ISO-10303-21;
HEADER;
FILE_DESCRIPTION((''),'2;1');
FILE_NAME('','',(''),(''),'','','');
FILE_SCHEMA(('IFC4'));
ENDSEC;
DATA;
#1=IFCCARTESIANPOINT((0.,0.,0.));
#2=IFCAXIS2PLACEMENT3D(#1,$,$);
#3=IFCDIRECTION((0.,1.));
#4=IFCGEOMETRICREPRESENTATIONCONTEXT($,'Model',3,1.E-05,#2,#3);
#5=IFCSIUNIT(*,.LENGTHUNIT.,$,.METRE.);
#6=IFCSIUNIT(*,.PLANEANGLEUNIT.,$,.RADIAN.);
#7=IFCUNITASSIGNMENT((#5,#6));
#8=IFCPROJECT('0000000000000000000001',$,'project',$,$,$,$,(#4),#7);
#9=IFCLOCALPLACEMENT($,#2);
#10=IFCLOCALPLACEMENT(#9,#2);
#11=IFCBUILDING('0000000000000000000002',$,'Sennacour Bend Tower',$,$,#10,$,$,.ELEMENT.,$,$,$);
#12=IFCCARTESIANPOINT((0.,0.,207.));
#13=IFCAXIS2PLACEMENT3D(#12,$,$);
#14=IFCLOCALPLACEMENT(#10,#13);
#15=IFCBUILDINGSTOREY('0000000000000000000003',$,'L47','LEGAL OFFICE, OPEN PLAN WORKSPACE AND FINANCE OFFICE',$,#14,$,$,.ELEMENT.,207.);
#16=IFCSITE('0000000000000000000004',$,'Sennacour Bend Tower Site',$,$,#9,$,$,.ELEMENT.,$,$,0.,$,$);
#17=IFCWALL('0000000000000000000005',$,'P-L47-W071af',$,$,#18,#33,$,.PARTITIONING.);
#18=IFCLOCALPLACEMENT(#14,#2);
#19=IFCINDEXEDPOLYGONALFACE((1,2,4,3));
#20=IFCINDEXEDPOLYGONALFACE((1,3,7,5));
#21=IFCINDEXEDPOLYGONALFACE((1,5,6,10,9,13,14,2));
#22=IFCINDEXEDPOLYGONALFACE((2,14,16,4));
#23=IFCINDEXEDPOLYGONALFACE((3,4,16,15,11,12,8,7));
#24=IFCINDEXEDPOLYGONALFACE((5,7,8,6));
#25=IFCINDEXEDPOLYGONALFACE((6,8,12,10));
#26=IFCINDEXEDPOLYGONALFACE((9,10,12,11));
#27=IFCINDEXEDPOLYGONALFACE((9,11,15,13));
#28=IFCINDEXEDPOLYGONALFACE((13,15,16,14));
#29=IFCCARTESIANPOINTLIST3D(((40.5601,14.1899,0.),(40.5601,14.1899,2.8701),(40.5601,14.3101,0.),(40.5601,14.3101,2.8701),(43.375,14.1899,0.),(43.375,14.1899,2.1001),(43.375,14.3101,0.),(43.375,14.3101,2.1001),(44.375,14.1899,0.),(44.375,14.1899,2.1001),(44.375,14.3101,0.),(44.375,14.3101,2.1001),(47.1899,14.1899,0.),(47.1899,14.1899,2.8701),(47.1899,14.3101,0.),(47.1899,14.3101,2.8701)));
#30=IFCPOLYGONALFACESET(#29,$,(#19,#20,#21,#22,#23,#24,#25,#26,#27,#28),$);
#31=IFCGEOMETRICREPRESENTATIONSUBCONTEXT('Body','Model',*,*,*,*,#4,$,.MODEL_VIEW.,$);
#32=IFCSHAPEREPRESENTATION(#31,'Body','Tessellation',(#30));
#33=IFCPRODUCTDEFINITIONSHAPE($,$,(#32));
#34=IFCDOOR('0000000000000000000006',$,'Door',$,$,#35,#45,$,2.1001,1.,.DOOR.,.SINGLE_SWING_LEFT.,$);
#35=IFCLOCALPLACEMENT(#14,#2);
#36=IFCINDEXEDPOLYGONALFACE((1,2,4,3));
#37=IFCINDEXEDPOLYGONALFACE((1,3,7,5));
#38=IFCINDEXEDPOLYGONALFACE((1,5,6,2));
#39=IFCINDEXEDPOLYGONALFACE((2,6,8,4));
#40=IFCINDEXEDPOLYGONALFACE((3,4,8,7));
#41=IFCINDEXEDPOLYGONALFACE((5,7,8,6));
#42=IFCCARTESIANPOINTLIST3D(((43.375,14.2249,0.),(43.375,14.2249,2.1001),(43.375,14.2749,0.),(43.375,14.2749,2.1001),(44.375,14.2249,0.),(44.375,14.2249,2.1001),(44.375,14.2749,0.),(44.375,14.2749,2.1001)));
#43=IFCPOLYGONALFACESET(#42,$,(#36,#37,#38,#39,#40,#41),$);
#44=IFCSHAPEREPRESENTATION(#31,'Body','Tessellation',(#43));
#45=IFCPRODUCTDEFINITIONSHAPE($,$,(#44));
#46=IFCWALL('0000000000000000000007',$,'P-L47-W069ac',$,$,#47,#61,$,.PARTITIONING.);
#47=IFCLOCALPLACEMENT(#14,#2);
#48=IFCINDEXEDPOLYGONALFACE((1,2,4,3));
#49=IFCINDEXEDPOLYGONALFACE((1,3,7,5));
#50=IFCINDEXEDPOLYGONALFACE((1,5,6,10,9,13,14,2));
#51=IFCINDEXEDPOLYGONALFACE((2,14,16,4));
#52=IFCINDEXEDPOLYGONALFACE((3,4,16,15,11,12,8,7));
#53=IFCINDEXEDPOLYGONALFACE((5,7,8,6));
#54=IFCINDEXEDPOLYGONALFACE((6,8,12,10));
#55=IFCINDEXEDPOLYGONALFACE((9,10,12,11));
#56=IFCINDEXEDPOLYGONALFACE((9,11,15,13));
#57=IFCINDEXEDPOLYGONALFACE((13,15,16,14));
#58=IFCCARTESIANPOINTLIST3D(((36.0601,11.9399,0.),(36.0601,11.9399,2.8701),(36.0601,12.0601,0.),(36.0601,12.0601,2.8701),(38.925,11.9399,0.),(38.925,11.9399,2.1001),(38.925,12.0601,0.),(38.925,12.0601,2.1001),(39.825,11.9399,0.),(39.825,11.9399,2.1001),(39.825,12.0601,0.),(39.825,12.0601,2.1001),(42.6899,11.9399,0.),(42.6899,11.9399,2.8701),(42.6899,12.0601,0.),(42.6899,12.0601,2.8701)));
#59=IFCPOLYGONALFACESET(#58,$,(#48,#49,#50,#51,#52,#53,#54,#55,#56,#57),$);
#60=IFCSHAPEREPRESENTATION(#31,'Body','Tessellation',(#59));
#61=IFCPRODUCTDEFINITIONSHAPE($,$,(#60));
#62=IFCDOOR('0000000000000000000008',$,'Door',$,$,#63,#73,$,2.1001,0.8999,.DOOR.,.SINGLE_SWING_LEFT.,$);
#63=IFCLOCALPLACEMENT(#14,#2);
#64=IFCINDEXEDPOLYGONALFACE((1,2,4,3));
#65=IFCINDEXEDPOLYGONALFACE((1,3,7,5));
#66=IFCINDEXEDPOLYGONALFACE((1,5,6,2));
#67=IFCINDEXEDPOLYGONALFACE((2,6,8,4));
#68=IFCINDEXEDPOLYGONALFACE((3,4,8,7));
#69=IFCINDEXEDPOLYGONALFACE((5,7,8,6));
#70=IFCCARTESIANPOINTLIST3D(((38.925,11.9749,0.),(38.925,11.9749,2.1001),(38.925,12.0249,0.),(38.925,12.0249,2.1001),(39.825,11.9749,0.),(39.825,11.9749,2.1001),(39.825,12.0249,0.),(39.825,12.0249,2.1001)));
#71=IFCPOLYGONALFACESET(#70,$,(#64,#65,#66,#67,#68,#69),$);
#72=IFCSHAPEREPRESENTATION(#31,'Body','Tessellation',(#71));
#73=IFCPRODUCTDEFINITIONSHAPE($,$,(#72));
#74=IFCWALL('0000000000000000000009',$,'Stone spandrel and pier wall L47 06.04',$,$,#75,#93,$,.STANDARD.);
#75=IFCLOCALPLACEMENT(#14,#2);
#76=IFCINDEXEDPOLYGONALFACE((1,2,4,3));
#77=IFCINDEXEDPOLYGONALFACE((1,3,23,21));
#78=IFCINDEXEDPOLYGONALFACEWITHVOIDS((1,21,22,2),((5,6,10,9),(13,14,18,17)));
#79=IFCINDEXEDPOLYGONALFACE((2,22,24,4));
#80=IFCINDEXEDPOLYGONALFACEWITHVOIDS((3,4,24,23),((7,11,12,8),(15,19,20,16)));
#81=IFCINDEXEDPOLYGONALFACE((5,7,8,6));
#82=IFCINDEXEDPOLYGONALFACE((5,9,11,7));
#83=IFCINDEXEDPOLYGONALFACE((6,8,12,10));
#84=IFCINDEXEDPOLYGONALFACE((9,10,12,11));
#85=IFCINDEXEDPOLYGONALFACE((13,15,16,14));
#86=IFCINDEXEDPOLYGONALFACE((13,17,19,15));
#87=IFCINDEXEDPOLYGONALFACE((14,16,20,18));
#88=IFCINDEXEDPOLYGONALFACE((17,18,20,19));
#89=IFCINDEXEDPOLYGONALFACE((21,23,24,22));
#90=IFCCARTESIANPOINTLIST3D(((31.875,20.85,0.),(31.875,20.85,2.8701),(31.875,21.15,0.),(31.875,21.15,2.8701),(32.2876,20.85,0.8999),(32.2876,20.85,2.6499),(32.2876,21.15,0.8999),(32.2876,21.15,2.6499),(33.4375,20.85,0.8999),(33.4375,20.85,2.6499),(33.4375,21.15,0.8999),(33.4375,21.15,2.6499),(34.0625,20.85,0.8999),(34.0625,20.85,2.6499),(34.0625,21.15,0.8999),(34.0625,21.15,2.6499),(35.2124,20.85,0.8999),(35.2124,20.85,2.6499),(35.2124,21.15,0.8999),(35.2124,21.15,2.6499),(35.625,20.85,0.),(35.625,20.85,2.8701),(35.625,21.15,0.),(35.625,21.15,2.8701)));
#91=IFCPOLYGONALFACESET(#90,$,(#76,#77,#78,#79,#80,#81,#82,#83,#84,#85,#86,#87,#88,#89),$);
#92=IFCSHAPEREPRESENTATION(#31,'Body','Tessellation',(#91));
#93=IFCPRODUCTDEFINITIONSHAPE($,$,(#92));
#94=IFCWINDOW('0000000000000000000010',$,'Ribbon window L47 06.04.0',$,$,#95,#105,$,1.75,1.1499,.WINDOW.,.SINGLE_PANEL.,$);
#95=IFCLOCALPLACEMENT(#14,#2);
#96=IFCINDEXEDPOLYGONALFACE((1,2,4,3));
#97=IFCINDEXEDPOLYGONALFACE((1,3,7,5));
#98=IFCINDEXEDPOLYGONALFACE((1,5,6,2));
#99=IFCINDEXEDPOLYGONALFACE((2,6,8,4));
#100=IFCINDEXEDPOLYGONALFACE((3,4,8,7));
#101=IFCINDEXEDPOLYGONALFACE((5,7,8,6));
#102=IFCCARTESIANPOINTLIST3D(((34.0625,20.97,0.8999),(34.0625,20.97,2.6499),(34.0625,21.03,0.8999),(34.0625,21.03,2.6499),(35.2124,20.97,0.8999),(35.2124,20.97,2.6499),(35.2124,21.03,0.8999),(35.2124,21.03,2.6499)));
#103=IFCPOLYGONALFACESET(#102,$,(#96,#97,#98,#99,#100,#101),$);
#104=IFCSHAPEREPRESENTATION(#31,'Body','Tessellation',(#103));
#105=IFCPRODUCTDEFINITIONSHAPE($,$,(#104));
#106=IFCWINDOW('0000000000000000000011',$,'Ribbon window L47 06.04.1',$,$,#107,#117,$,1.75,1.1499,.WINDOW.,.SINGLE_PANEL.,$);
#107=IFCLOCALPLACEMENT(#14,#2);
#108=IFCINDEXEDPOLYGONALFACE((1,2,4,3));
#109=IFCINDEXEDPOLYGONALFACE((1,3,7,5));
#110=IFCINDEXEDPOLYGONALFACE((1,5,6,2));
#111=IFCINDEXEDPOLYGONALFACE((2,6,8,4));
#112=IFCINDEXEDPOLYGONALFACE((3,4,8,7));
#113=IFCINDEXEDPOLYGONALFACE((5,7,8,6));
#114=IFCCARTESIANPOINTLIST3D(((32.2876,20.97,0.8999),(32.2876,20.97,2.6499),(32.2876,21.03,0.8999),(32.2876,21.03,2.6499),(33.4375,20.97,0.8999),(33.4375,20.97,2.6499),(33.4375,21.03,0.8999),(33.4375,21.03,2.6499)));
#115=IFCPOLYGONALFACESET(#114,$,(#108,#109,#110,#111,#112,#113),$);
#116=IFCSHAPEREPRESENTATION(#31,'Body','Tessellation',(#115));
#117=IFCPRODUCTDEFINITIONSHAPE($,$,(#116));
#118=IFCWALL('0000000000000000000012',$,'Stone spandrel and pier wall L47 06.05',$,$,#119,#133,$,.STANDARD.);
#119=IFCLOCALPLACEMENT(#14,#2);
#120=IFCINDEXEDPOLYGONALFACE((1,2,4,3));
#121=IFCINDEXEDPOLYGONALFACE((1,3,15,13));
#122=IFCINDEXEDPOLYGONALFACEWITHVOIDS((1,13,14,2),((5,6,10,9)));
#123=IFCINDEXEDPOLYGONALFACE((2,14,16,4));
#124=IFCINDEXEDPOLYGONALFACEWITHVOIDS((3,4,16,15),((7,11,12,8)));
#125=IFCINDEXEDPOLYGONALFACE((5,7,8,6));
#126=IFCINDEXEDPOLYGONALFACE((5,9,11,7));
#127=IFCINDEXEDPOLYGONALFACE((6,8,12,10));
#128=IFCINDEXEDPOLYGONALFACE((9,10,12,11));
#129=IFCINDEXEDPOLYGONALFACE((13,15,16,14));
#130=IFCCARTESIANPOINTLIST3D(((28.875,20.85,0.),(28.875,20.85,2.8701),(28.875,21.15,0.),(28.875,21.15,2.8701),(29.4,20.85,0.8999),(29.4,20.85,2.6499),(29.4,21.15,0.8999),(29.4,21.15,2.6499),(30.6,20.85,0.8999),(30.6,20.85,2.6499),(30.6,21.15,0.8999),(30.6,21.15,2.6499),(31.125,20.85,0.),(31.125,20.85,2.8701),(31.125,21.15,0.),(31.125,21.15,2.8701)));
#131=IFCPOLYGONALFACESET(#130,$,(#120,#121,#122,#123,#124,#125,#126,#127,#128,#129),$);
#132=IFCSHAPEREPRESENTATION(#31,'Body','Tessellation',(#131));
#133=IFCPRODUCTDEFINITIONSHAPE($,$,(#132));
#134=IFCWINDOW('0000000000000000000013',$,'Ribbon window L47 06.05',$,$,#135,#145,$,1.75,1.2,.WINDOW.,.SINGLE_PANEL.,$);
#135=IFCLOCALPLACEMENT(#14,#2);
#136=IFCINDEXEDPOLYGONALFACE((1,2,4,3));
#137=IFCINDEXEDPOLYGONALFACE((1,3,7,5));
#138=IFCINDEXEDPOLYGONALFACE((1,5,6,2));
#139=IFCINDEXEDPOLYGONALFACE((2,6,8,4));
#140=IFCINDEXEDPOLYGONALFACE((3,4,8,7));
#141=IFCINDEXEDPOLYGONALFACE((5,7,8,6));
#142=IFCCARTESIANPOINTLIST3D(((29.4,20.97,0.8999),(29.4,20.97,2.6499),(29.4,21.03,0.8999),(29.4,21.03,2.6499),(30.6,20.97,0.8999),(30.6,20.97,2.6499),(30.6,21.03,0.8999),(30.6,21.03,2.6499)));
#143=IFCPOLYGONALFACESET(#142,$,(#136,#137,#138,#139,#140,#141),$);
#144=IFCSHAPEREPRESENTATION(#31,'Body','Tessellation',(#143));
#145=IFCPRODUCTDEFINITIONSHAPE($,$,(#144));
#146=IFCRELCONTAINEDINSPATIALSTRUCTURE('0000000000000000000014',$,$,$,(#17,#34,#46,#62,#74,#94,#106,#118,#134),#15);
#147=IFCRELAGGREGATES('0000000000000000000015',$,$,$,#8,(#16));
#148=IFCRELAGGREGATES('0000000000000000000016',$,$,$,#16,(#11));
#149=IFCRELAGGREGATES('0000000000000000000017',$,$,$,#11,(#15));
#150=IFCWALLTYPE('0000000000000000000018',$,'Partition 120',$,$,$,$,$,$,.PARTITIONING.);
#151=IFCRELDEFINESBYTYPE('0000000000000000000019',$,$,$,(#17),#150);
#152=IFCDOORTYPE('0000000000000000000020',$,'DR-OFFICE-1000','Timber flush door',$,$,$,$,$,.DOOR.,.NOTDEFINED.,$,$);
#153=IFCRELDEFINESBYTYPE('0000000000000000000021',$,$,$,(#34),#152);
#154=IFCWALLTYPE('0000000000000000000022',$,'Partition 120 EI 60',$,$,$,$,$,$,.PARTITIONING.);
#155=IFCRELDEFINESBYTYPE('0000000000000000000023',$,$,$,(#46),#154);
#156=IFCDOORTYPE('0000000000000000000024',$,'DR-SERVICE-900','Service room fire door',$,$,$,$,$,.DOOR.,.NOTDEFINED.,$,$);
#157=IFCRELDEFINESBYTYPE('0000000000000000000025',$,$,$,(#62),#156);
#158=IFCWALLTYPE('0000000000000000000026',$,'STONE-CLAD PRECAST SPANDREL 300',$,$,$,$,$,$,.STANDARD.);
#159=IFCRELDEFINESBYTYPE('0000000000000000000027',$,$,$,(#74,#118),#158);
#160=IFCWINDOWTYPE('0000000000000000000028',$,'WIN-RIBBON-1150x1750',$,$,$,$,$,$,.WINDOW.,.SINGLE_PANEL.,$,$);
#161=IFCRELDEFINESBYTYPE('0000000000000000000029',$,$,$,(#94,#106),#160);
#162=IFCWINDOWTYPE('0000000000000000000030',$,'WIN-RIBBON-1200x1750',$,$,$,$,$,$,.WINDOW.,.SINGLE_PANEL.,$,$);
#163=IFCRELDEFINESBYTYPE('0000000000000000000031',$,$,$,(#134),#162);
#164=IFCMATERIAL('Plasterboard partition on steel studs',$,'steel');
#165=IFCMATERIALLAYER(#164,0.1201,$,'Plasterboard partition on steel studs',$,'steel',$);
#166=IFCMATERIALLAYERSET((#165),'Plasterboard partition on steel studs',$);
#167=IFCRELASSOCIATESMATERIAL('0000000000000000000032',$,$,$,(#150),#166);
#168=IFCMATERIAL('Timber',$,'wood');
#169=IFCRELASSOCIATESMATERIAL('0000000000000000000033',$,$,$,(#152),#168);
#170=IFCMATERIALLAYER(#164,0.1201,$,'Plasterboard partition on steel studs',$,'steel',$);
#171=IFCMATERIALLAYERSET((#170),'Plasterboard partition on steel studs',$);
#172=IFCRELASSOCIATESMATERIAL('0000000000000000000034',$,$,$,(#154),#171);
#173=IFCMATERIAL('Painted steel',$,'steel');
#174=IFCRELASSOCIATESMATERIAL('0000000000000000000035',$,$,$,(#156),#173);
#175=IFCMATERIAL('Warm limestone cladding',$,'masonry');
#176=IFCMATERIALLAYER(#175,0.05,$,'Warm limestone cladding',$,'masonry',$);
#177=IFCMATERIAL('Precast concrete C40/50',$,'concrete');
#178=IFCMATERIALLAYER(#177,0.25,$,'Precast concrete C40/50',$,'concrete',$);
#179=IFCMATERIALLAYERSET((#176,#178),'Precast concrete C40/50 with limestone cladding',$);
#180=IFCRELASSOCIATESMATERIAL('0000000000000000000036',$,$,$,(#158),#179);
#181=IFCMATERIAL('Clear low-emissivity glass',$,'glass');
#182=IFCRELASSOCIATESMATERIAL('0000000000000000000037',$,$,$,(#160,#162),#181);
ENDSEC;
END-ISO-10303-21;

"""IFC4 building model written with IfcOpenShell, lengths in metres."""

from ifc_helpers import new_model, si_unit, direction, frame, frame_2d, origin, place, context, subcontext, project, spatial, rectangle, extrude, material, layer, layer_set, type_object, element, fill, save


model = new_model("IFC4")

# Units and contexts
model_context = context("Model", 3, precision=1e-05, world=origin(), true_north=direction((0.0, 1.0)))
body_context = subcontext(model_context, "Body", "Model", "MODEL_VIEW")
ifc_project = project(units=[si_unit("LENGTHUNIT", "METRE"), si_unit("PLANEANGLEUNIT", "RADIAN")], contexts=[model_context])

# Site, building, storey
site_placement = place(None, origin())
site = spatial("IfcSite", under=ifc_project, at=site_placement, Name="Sennacour Bend Tower Site", CompositionType="ELEMENT", RefElevation=0.0)
building_placement = place(site_placement, origin())
building = spatial("IfcBuilding", under=site, at=building_placement, Name="Sennacour Bend Tower", CompositionType="ELEMENT")
storey_placement = place(building_placement, frame((0.0, 0.0, 207.0)))
storey = spatial("IfcBuildingStorey", under=building, at=storey_placement, Name="L47", Description="LEGAL OFFICE, OPEN PLAN WORKSPACE AND FINANCE OFFICE", CompositionType="ELEMENT", Elevation=207.0)

# Shared definitions
ifc_material_1 = material(Name="Plasterboard partition on steel studs", Category="steel")
ifc_layer_1 = layer(ifc_material_1, 0.1201, Name="Plasterboard partition on steel studs", Category="steel")
ifc_layer_set_1 = layer_set([ifc_layer_1], Name="Plasterboard partition on steel studs")
wall_type_1 = type_object("IfcWallType", Name="Partition 120", PredefinedType="PARTITIONING", material=ifc_layer_set_1)

# Walls, openings, doors
ifc_material_2 = material(Name="Timber", Category="wood")
door_type_1 = type_object("IfcDoorType", Name="DR-OFFICE-1000", Description="Timber flush door", OperationType="NOTDEFINED", PredefinedType="DOOR", material=ifc_material_2)
wall_1_placement = place(storey_placement, frame((40.5601, 14.25, 0.0), z_axis=(0.0, 0.0, 1.0), x_axis=(1.0, 0.0, 0.0)))
wall_1 = element("IfcWall", 1, at=wall_1_placement, inside=storey, type_object=wall_type_1, Name="P-L47-W071af", PredefinedType="PARTITIONING", context=body_context, shape_type="SweptSolid", body=[
    extrude(rectangle(XDim=6.6299, YDim=0.1201, at=frame_2d((3.3149, 0.0))), origin(), (0.0, 0.0, 1.0), 2.8701),
])
opening_1_placement = place(wall_1_placement, frame((2.8149, 0.0, 0.0)))
opening_1 = element("IfcOpeningElement", 2, at=opening_1_placement, cuts=wall_1, PredefinedType="OPENING", context=body_context, shape_type="SweptSolid", body=[
    extrude(rectangle(XDim=1.0, YDim=2.1001, at=frame_2d((0.5, 1.05))), frame((0.0, 0.0701, 0.0), z_axis=(0.0, -1.0, 0.0), x_axis=(1.0, 0.0, 0.0)), (0.0, 0.0, 1.0), 0.1401),
])
door_1_placement = place(opening_1_placement, origin())
door_1 = element("IfcDoor", 3, at=door_1_placement, inside=storey, type_object=door_type_1, Name="Door", OperationType="SINGLE_SWING_LEFT", OverallHeight=2.1001, OverallWidth=1.0, PredefinedType="DOOR", context=body_context, shape_type="SweptSolid", body=[
    extrude(rectangle(XDim=1.0, YDim=2.1001, at=frame_2d((0.5, 1.05))), frame((0.0, 0.0249, 0.0), z_axis=(0.0, -1.0, 0.0), x_axis=(1.0, 0.0, 0.0)), (0.0, 0.0, 1.0), 0.05),
])
fill(opening_1, door_1)
ifc_layer_2 = layer(ifc_material_1, 0.1201, Name="Plasterboard partition on steel studs", Category="steel")
ifc_layer_set_2 = layer_set([ifc_layer_2], Name="Plasterboard partition on steel studs")
wall_type_2 = type_object("IfcWallType", Name="Partition 120 EI 60", PredefinedType="PARTITIONING", material=ifc_layer_set_2)
wall_2_placement = place(storey_placement, frame((36.0601, 12.0, 0.0), z_axis=(0.0, 0.0, 1.0), x_axis=(1.0, 0.0, 0.0)))
wall_2 = element("IfcWall", 4, at=wall_2_placement, inside=storey, type_object=wall_type_2, Name="P-L47-W069ac", PredefinedType="PARTITIONING", context=body_context, shape_type="SweptSolid", body=[
    extrude(rectangle(XDim=6.6299, YDim=0.1201, at=frame_2d((3.3149, 0.0))), origin(), (0.0, 0.0, 1.0), 2.8701),
])
opening_2_placement = place(wall_2_placement, frame((2.865, 0.0, 0.0)))
opening_2 = element("IfcOpeningElement", 5, at=opening_2_placement, cuts=wall_2, PredefinedType="OPENING", context=body_context, shape_type="SweptSolid", body=[
    extrude(rectangle(XDim=0.8999, YDim=2.1001, at=frame_2d((0.45, 1.05))), frame((0.0, 0.0701, 0.0), z_axis=(0.0, -1.0, 0.0), x_axis=(1.0, 0.0, 0.0)), (0.0, 0.0, 1.0), 0.1401),
])
ifc_material_3 = material(Name="Painted steel", Category="steel")
door_type_2 = type_object("IfcDoorType", Name="DR-SERVICE-900", Description="Service room fire door", OperationType="NOTDEFINED", PredefinedType="DOOR", material=ifc_material_3)
door_2_placement = place(opening_2_placement, origin())
door_2 = element("IfcDoor", 6, at=door_2_placement, inside=storey, type_object=door_type_2, Name="Door", OperationType="SINGLE_SWING_LEFT", OverallHeight=2.1001, OverallWidth=0.8999, PredefinedType="DOOR", context=body_context, shape_type="SweptSolid", body=[
    extrude(rectangle(XDim=0.8999, YDim=2.1001, at=frame_2d((0.45, 1.05))), frame((0.0, 0.0249, 0.0), z_axis=(0.0, -1.0, 0.0), x_axis=(1.0, 0.0, 0.0)), (0.0, 0.0, 1.0), 0.05),
])
fill(opening_2, door_2)

# Wall, openings, windows
ifc_material_4 = material(Name="Warm limestone cladding", Category="masonry")
ifc_layer_3 = layer(ifc_material_4, 0.05, Name="Warm limestone cladding", Category="masonry")
ifc_material_5 = material(Name="Precast concrete C40/50", Category="concrete")
ifc_layer_4 = layer(ifc_material_5, 0.25, Name="Precast concrete C40/50", Category="concrete")
ifc_layer_set_3 = layer_set([ifc_layer_3, ifc_layer_4], Name="Precast concrete C40/50 with limestone cladding")
wall_type_3 = type_object("IfcWallType", Name="STONE-CLAD PRECAST SPANDREL 300", PredefinedType="STANDARD", material=ifc_layer_set_3)
wall_3_placement = place(storey_placement, frame((35.625, 21.0, 0.0), z_axis=(0.0, 0.0, 1.0), x_axis=(-1.0, 0.0, 0.0)))
wall_3 = element("IfcWall", 7, at=wall_3_placement, inside=storey, type_object=wall_type_3, Name="Stone spandrel and pier wall L47 06.04", PredefinedType="STANDARD", context=body_context, shape_type="SweptSolid", body=[
    extrude(rectangle(XDim=3.75, YDim=0.3, at=frame_2d((1.875, 0.0))), origin(), (0.0, 0.0, 1.0), 2.8701),
])
opening_3_placement = place(wall_3_placement, frame((0.4126, 0.0, 0.8999)))
opening_3 = element("IfcOpeningElement", 8, at=opening_3_placement, cuts=wall_3, PredefinedType="OPENING", context=body_context, shape_type="SweptSolid", body=[
    extrude(rectangle(XDim=1.1499, YDim=1.75, at=frame_2d((0.575, 0.875))), frame((0.0, 0.1602, 0.0), z_axis=(0.0, -1.0, 0.0), x_axis=(1.0, 0.0, 0.0)), (0.0, 0.0, 1.0), 0.3201),
])
opening_4_placement = place(wall_3_placement, frame((2.1875, 0.0, 0.8999)))
opening_4 = element("IfcOpeningElement", 9, at=opening_4_placement, cuts=wall_3, PredefinedType="OPENING", context=body_context, shape_type="SweptSolid", body=[
    extrude(rectangle(XDim=1.1499, YDim=1.75, at=frame_2d((0.575, 0.875))), frame((0.0, 0.1602, 0.0), z_axis=(0.0, -1.0, 0.0), x_axis=(1.0, 0.0, 0.0)), (0.0, 0.0, 1.0), 0.3201),
])
ifc_material_6 = material(Name="Clear low-emissivity glass", Category="glass")
window_type_1 = type_object("IfcWindowType", Name="WIN-RIBBON-1150x1750", PartitioningType="SINGLE_PANEL", PredefinedType="WINDOW", material=ifc_material_6)
window_1_placement = place(opening_3_placement, origin())
window_1 = element("IfcWindow", 10, at=window_1_placement, inside=storey, type_object=window_type_1, Name="Ribbon window L47 06.04.0", OverallHeight=1.75, OverallWidth=1.1499, PartitioningType="SINGLE_PANEL", PredefinedType="WINDOW", context=body_context, shape_type="SweptSolid", body=[
    extrude(rectangle(XDim=1.1499, YDim=1.75, at=frame_2d((0.575, 0.875))), frame((0.0, 0.03, 0.0), z_axis=(0.0, -1.0, 0.0), x_axis=(1.0, 0.0, 0.0)), (0.0, 0.0, 1.0), 0.0601),
])
fill(opening_3, window_1)
window_2_placement = place(opening_4_placement, origin())
window_2 = element("IfcWindow", 11, at=window_2_placement, inside=storey, type_object=window_type_1, Name="Ribbon window L47 06.04.1", OverallHeight=1.75, OverallWidth=1.1499, PartitioningType="SINGLE_PANEL", PredefinedType="WINDOW", context=body_context, shape_type="SweptSolid", body=[
    extrude(rectangle(XDim=1.1499, YDim=1.75, at=frame_2d((0.575, 0.875))), frame((0.0, 0.03, 0.0), z_axis=(0.0, -1.0, 0.0), x_axis=(1.0, 0.0, 0.0)), (0.0, 0.0, 1.0), 0.0601),
])
fill(opening_4, window_2)

# Wall, opening, window
wall_4_placement = place(storey_placement, frame((31.125, 21.0, 0.0), z_axis=(0.0, 0.0, 1.0), x_axis=(-1.0, 0.0, 0.0)))
wall_4 = element("IfcWall", 12, at=wall_4_placement, inside=storey, type_object=wall_type_3, Name="Stone spandrel and pier wall L47 06.05", PredefinedType="STANDARD", context=body_context, shape_type="SweptSolid", body=[
    extrude(rectangle(XDim=2.25, YDim=0.3, at=frame_2d((1.125, 0.0))), origin(), (0.0, 0.0, 1.0), 2.8701),
])
opening_5_placement = place(wall_4_placement, frame((0.5249, 0.0, 0.8999)))
opening_5 = element("IfcOpeningElement", 13, at=opening_5_placement, cuts=wall_4, PredefinedType="OPENING", context=body_context, shape_type="SweptSolid", body=[
    extrude(rectangle(XDim=1.2, YDim=1.75, at=frame_2d((0.6001, 0.875))), frame((0.0, 0.1602, 0.0), z_axis=(0.0, -1.0, 0.0), x_axis=(1.0, 0.0, 0.0)), (0.0, 0.0, 1.0), 0.3201),
])
window_type_2 = type_object("IfcWindowType", Name="WIN-RIBBON-1200x1750", PartitioningType="SINGLE_PANEL", PredefinedType="WINDOW", material=ifc_material_6)
window_3_placement = place(opening_5_placement, origin())
window_3 = element("IfcWindow", 14, at=window_3_placement, inside=storey, type_object=window_type_2, Name="Ribbon window L47 06.05", OverallHeight=1.75, OverallWidth=1.2, PartitioningType="SINGLE_PANEL", PredefinedType="WINDOW", context=body_context, shape_type="SweptSolid", body=[
    extrude(rectangle(XDim=1.2, YDim=1.75, at=frame_2d((0.6001, 0.875))), frame((0.0, 0.03, 0.0), z_axis=(0.0, -1.0, 0.0), x_axis=(1.0, 0.0, 0.0)), (0.0, 0.0, 1.0), 0.0601),
])
fill(opening_5, window_3)

save(model, "model.ifc")
